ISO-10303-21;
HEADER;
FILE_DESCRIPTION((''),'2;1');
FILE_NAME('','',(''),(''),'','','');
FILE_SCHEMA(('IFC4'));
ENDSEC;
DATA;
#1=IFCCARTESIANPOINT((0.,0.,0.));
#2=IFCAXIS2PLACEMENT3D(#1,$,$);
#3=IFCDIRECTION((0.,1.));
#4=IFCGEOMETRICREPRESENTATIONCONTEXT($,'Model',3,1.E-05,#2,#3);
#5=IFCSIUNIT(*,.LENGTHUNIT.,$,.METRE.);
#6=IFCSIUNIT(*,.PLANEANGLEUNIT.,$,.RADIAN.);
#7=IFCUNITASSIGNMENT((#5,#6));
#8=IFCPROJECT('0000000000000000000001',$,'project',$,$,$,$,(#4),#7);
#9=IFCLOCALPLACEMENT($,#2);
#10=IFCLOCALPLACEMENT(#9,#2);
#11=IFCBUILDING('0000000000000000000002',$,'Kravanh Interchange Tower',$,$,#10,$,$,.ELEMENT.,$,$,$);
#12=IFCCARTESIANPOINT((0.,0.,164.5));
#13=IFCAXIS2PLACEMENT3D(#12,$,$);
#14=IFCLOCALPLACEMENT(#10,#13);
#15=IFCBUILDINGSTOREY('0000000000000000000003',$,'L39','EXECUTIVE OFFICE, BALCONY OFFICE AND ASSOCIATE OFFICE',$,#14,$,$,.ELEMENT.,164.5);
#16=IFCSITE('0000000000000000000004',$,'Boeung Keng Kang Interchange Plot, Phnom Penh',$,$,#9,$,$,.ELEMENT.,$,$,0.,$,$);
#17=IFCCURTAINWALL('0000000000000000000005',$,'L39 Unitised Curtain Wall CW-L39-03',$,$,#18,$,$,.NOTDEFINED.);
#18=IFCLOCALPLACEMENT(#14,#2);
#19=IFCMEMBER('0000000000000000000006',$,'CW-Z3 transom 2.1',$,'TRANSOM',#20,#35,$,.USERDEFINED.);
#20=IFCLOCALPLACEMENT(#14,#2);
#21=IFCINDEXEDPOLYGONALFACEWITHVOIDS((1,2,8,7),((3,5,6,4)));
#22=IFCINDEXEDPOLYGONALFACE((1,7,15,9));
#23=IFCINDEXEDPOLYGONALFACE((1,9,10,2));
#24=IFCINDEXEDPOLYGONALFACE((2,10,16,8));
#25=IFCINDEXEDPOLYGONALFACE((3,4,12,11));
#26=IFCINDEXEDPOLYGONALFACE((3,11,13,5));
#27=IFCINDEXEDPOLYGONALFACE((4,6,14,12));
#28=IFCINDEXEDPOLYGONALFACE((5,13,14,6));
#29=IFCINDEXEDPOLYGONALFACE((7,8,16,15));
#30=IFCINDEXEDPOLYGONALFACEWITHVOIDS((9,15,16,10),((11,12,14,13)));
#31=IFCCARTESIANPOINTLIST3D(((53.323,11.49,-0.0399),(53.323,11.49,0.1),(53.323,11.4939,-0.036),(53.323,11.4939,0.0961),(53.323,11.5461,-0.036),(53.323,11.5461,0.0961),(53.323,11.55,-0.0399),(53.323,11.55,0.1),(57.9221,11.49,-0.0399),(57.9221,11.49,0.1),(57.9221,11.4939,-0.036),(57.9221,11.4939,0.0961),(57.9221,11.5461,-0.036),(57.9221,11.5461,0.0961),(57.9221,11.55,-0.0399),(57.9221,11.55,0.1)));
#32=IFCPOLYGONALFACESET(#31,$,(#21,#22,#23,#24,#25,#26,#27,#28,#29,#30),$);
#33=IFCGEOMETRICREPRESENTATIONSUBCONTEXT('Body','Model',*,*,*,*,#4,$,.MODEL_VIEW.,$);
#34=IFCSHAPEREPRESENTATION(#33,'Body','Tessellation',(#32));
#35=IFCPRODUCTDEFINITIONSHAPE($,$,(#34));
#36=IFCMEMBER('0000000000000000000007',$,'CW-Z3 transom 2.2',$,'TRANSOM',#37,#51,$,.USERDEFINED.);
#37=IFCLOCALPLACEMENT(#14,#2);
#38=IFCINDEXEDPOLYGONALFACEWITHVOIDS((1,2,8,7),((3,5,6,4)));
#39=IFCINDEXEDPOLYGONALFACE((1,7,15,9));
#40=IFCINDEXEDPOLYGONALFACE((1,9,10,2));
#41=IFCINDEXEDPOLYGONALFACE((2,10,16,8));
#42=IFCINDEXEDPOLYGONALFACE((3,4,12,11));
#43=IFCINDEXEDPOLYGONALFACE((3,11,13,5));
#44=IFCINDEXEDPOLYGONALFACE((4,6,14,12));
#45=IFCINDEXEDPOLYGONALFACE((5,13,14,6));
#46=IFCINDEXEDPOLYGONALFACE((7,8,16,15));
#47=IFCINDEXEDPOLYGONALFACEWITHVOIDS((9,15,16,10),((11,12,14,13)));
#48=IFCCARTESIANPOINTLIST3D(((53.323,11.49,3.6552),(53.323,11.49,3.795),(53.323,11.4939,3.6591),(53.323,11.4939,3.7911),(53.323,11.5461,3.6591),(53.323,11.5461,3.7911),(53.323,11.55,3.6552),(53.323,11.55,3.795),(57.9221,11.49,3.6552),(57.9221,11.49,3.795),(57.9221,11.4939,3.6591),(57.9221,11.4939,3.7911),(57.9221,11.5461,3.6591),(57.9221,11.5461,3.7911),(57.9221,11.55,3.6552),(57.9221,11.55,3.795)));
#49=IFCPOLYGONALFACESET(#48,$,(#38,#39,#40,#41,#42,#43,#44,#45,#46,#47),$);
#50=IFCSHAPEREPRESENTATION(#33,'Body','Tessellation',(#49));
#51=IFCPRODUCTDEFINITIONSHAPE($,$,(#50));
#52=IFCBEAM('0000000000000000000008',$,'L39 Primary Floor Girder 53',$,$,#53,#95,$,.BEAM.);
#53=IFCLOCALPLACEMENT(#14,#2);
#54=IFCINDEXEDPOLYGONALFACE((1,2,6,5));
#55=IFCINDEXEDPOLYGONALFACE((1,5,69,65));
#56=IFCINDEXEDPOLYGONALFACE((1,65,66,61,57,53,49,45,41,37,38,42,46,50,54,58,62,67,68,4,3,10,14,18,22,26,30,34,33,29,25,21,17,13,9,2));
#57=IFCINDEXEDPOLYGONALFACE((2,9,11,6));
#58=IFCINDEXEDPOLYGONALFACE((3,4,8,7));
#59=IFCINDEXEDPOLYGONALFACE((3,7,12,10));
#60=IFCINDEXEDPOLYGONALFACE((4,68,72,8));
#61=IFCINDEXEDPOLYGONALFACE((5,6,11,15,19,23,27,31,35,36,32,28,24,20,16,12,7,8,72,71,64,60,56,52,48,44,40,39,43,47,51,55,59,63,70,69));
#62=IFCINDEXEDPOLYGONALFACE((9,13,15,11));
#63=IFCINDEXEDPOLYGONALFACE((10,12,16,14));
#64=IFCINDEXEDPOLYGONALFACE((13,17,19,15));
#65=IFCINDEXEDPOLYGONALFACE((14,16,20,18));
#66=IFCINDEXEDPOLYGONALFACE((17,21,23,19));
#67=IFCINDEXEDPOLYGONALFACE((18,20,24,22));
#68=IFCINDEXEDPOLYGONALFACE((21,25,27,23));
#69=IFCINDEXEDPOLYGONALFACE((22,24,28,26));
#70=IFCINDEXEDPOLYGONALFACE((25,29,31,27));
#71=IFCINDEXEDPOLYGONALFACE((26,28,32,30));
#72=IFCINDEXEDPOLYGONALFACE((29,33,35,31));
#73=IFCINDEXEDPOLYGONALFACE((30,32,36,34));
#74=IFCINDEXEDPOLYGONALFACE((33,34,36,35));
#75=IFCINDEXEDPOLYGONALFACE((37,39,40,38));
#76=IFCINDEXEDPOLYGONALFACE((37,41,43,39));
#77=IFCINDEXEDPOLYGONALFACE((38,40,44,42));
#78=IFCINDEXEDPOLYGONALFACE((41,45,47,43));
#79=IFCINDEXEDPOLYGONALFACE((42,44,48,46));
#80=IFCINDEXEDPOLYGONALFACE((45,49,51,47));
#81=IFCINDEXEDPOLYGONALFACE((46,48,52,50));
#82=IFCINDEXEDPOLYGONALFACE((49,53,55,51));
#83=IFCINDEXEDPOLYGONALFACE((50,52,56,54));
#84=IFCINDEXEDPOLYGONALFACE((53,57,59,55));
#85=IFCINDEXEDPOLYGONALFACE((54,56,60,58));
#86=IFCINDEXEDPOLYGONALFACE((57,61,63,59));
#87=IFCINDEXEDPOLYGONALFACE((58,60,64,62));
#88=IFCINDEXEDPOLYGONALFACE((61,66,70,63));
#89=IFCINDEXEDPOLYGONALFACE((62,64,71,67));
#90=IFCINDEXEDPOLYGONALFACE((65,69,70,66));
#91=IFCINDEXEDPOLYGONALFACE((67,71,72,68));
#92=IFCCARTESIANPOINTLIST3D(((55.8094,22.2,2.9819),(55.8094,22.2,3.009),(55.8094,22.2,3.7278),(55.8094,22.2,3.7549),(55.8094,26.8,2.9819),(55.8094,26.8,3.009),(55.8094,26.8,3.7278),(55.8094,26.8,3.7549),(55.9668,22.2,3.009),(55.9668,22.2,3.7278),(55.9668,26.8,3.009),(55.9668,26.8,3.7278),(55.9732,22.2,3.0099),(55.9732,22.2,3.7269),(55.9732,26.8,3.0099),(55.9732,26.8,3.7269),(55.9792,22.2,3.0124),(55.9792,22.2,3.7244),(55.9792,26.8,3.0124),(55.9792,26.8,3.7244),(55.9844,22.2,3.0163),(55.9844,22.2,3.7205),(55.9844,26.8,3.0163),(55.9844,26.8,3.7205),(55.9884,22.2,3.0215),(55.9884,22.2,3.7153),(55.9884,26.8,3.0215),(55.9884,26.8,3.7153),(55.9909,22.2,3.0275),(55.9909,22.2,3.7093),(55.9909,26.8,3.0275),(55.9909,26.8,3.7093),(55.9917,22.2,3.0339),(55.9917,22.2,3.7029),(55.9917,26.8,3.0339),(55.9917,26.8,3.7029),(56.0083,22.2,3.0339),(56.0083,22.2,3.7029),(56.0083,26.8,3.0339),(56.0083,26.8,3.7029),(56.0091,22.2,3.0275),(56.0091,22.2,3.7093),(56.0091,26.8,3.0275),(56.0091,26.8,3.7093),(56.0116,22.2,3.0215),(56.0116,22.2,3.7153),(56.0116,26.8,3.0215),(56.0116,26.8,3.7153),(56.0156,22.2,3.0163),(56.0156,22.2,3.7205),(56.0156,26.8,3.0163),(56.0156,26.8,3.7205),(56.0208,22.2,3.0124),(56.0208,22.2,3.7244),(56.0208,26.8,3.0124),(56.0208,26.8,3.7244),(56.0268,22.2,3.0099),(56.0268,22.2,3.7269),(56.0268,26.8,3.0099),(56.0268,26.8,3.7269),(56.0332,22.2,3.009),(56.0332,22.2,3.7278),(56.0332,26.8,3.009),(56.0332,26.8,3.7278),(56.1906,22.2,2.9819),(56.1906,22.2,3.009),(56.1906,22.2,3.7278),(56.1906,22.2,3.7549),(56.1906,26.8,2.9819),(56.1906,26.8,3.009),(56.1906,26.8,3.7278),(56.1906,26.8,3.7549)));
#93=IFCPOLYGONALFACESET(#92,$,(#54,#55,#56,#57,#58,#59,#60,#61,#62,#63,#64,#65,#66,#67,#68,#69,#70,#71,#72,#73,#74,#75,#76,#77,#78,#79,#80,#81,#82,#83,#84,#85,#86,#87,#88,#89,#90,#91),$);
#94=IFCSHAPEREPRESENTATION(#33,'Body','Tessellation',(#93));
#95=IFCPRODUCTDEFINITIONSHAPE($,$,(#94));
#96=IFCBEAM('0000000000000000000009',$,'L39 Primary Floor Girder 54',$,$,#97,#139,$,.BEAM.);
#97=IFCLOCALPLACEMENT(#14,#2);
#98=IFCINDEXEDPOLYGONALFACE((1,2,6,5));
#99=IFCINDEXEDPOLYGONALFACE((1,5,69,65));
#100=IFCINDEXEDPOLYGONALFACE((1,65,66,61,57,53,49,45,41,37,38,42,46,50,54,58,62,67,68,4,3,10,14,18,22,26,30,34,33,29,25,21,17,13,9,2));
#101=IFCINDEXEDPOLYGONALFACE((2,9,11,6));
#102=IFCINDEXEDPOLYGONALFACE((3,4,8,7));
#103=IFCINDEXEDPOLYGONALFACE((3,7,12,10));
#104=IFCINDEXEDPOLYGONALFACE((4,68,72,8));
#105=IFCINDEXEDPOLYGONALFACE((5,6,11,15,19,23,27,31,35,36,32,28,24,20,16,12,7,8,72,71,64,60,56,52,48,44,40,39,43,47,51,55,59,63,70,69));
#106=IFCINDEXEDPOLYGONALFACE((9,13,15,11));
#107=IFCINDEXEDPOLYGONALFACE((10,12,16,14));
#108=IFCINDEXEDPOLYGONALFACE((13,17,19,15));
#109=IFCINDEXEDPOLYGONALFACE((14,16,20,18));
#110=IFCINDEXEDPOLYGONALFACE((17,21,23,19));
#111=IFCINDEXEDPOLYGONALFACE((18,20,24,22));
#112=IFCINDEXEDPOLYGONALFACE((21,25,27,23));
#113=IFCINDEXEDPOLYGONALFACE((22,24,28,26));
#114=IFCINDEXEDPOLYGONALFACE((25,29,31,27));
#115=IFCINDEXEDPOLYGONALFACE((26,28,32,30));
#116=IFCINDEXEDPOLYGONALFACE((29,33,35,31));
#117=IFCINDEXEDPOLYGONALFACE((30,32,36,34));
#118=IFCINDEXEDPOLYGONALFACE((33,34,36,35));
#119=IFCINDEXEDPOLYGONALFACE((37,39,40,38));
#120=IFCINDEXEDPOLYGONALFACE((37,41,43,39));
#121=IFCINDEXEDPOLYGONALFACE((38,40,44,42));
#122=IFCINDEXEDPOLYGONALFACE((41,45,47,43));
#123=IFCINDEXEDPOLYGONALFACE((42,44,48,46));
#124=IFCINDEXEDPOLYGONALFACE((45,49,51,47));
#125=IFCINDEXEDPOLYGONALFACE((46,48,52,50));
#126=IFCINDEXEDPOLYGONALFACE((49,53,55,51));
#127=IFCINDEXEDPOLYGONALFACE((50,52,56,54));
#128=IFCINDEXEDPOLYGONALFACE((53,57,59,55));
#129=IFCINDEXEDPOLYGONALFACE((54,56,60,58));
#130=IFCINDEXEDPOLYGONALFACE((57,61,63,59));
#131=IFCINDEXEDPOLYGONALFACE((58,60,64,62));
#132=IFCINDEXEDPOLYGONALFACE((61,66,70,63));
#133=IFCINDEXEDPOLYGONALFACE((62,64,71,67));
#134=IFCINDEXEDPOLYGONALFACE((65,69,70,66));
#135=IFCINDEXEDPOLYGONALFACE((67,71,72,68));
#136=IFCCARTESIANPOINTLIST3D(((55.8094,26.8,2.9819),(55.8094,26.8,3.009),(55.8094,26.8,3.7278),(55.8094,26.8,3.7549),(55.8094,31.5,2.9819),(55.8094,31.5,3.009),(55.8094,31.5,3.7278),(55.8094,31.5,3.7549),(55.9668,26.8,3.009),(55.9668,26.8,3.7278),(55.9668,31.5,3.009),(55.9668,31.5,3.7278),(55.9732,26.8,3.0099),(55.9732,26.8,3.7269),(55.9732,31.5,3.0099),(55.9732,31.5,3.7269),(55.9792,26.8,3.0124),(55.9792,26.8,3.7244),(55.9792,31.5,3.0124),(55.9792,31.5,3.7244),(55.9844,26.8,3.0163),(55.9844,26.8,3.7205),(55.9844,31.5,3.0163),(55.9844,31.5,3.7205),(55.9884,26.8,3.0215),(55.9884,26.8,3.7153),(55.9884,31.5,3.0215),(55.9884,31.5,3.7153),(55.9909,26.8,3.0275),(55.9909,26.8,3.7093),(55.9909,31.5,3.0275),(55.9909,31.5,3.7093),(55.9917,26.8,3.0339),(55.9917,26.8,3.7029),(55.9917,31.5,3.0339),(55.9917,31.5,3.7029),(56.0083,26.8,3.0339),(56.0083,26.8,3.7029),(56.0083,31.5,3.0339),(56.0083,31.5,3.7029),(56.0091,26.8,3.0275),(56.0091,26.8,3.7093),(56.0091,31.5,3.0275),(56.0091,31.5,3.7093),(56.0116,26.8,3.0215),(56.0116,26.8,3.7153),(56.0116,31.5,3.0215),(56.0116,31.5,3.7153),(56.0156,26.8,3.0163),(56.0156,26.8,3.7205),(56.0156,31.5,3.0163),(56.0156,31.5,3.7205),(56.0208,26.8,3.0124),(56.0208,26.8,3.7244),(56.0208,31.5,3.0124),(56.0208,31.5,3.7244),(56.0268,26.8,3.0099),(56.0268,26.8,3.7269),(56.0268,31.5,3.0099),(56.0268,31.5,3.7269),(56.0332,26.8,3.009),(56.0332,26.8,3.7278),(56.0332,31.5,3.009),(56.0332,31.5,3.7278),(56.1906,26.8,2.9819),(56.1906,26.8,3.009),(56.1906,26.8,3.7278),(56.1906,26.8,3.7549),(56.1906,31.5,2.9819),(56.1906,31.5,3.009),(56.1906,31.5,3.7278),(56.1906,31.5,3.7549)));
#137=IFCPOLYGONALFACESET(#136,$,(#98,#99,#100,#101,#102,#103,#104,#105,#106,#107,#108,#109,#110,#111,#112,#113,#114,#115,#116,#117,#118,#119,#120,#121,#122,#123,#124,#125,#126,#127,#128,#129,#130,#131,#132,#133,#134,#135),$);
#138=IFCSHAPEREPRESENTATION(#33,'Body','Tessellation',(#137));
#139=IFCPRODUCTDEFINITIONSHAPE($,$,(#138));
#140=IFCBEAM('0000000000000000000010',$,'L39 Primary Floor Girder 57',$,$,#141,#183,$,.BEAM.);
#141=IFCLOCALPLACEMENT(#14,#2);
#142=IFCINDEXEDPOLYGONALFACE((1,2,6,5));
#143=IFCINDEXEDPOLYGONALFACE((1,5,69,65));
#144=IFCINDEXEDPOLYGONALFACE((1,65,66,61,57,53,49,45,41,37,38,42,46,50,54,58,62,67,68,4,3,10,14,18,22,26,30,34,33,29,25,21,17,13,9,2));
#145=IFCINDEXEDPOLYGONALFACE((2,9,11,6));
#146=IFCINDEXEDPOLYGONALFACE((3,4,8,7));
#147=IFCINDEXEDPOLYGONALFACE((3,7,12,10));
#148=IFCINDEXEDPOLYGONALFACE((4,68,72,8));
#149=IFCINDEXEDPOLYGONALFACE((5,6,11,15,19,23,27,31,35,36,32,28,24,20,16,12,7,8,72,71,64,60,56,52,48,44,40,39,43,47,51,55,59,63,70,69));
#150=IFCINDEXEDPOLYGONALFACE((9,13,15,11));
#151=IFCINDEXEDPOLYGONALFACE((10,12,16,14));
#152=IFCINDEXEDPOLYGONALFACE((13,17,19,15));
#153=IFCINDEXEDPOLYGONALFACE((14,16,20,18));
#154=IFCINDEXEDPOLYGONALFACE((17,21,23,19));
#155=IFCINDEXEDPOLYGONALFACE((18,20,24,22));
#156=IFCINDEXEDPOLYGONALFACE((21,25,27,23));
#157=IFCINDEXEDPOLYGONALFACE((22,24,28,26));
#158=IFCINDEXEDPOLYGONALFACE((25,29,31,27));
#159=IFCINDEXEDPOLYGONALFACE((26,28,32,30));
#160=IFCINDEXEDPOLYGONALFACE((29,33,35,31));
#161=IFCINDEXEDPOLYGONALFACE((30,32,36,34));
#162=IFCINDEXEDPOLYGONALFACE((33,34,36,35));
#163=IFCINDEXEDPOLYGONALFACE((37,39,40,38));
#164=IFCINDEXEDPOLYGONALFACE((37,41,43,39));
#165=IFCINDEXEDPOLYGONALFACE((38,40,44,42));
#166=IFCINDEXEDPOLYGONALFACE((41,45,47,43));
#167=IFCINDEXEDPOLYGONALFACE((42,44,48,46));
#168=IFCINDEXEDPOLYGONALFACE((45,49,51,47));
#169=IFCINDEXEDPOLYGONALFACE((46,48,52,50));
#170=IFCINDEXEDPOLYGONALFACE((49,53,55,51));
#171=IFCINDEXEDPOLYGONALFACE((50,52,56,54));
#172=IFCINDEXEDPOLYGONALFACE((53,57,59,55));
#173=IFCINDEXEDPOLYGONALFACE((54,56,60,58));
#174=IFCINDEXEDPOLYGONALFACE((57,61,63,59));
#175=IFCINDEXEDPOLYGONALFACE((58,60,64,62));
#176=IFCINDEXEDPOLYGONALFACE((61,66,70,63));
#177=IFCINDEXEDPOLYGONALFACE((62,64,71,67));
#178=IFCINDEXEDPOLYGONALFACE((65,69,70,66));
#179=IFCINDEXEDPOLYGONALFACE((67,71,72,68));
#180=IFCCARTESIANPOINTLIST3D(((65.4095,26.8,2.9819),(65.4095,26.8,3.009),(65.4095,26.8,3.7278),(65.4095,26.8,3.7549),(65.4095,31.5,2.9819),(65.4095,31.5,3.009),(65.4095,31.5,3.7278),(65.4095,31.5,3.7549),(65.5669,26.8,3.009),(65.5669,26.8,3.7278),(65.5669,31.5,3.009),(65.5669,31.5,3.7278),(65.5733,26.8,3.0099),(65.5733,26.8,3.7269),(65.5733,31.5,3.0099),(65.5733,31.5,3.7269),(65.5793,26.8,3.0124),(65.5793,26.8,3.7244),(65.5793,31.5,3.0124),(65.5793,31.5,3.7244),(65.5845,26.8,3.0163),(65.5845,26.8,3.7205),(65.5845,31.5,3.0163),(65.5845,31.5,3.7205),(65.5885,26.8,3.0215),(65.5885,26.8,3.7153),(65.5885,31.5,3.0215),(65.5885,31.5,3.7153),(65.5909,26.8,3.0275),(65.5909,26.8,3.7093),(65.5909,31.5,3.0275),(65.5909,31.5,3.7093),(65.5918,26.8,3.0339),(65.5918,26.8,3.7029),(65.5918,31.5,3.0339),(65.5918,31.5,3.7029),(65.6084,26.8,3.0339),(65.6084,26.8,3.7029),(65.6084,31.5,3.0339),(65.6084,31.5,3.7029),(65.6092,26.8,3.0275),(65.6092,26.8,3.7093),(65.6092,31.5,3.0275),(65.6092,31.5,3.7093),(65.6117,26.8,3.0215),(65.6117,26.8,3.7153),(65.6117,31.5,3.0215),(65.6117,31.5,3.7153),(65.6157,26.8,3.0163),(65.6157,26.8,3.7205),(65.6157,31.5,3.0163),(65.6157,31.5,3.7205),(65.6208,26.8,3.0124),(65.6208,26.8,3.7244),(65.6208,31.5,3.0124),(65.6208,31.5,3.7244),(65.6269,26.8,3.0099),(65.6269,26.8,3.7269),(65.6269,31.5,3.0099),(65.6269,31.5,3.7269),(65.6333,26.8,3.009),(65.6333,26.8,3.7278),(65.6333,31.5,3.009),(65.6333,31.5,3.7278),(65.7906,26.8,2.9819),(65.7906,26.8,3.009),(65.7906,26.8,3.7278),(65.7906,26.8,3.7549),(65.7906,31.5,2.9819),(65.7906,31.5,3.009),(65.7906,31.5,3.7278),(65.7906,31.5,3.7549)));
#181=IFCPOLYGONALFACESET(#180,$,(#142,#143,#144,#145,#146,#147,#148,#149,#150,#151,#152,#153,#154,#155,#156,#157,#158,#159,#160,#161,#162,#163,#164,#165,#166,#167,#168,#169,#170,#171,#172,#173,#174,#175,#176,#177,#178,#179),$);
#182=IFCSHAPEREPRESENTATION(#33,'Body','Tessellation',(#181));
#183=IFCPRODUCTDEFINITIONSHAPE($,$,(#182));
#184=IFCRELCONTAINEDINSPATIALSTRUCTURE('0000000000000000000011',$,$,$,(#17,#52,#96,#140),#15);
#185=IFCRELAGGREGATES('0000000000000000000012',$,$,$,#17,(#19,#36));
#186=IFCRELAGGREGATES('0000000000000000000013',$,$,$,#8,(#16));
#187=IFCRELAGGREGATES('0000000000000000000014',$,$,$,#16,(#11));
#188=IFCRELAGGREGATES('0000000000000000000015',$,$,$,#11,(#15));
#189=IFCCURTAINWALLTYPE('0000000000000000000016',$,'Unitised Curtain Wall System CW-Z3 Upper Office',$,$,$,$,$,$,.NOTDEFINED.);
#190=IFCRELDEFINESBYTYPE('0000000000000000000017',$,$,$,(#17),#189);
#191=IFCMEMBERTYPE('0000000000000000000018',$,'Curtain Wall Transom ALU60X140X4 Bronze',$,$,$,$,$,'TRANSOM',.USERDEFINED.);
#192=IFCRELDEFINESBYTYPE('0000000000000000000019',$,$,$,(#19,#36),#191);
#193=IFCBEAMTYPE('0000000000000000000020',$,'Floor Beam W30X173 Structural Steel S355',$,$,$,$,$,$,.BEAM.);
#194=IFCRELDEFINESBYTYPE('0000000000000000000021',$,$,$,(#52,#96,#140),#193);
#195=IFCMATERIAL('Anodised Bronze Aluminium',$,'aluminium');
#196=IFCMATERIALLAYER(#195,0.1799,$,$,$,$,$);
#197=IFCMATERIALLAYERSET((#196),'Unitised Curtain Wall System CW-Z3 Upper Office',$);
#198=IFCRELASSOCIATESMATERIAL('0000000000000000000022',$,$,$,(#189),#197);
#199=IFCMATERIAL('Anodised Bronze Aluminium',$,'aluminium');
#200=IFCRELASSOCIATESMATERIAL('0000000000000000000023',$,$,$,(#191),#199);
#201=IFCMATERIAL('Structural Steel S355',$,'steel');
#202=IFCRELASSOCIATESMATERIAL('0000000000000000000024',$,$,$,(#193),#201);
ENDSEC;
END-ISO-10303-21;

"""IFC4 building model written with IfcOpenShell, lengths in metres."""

from ifc_helpers import new_model, si_unit, direction, frame, origin, origin_2d, place, context, subcontext, project, spatial, hollow_rectangle, i_section, extrude, material, layer, layer_set, material_profile, profile_set, type_object, element, aggregate, save


model = new_model("IFC4")

# Units and contexts
model_context = context("Model", 3, precision=1e-05, world=origin(), true_north=direction((0.0, 1.0)))
body_context = subcontext(model_context, "Body", "Model", "MODEL_VIEW")
ifc_project = project(units=[si_unit("LENGTHUNIT", "METRE"), si_unit("PLANEANGLEUNIT", "RADIAN")], contexts=[model_context])

# Site, building, storey
site_placement = place(None, origin())
site = spatial("IfcSite", under=ifc_project, at=site_placement, Name="Boeung Keng Kang Interchange Plot, Phnom Penh", CompositionType="ELEMENT", RefElevation=0.0)
building_placement = place(site_placement, origin())
building = spatial("IfcBuilding", under=site, at=building_placement, Name="Kravanh Interchange Tower", CompositionType="ELEMENT")
storey_placement = place(building_placement, frame((0.0, 0.0, 164.5)))
storey = spatial("IfcBuildingStorey", under=building, at=storey_placement, Name="L39", Description="EXECUTIVE OFFICE, BALCONY OFFICE AND ASSOCIATE OFFICE", CompositionType="ELEMENT", Elevation=164.5)

# Curtain wall
ifc_material_1 = material(Name="Anodised Bronze Aluminium", Category="aluminium")
ifc_layer_1 = layer(ifc_material_1, 0.1799)
ifc_layer_set_1 = layer_set([ifc_layer_1], Name="Unitised Curtain Wall System CW-Z3 Upper Office")
curtain_wall_type = type_object("IfcCurtainWallType", Name="Unitised Curtain Wall System CW-Z3 Upper Office", PredefinedType="NOTDEFINED", material=ifc_layer_set_1)
curtain_wall_1_placement = place(storey_placement, origin())
curtain_wall_1 = element("IfcCurtainWall", 1, at=curtain_wall_1_placement, inside=storey, type_object=curtain_wall_type, Name="L39 Unitised Curtain Wall CW-L39-03", PredefinedType="NOTDEFINED")

# Members
ifc_material_2 = material(Name="Anodised Bronze Aluminium", Category="aluminium")
ifc_material_profile_1 = material_profile(ifc_material_2, hollow_rectangle(XDim=0.0601, YDim=0.1399, WallThickness=0.0039, at=origin_2d()), Name="ALU60X140X4")
ifc_profile_set_1 = profile_set([ifc_material_profile_1], Name="Anodised Bronze Aluminium")
member_type_1 = type_object("IfcMemberType", Name="Curtain Wall Transom ALU60X140X4 Bronze", ElementType="TRANSOM", PredefinedType="USERDEFINED", material=ifc_profile_set_1)
member_1_placement = place(storey_placement, frame((57.9221, 11.52, 0.03), z_axis=(-1.0, 0.0, 0.0), x_axis=(0.0, -1.0, 0.0)))
member_1 = element("IfcMember", 2, at=member_1_placement, type_object=member_type_1, Name="CW-Z3 transom 2.1", ObjectType="TRANSOM", PredefinedType="USERDEFINED", context=body_context, shape_type="SweptSolid", body=[
    extrude(hollow_rectangle(XDim=0.0601, YDim=0.1399, WallThickness=0.0039, at=origin_2d()), origin(), (0.0, 0.0, 1.0), 4.5991),
])
member_2_placement = place(storey_placement, frame((57.9221, 11.52, 3.7251), z_axis=(-1.0, 0.0, 0.0), x_axis=(0.0, -1.0, 0.0)))
member_2 = element("IfcMember", 3, at=member_2_placement, type_object=member_type_1, Name="CW-Z3 transom 2.2", ObjectType="TRANSOM", PredefinedType="USERDEFINED", context=body_context, shape_type="SweptSolid", body=[
    extrude(hollow_rectangle(XDim=0.0601, YDim=0.1399, WallThickness=0.0039, at=origin_2d()), origin(), (0.0, 0.0, 1.0), 4.5991),
])

# Beams
ifc_material_3 = material(Name="Structural Steel S355", Category="steel")
ifc_material_profile_2 = material_profile(ifc_material_3, i_section(OverallWidth=0.3811, OverallDepth=0.7729, WebThickness=0.0166, FlangeThickness=0.0271, FilletRadius=0.0249, at=origin_2d()), Name="W30X173")
ifc_profile_set_2 = profile_set([ifc_material_profile_2], Name="Structural Steel S355")
beam_type_1 = type_object("IfcBeamType", Name="Floor Beam W30X173 Structural Steel S355", PredefinedType="BEAM", material=ifc_profile_set_2)
beam_1_placement = place(storey_placement, frame((56.0, 26.8, 3.3684), z_axis=(0.0, -1.0, 0.0), x_axis=(1.0, 0.0, 0.0)))
element("IfcBeam", 4, at=beam_1_placement, inside=storey, type_object=beam_type_1, Name="L39 Primary Floor Girder 53", PredefinedType="BEAM", context=body_context, shape_type="SweptSolid", body=[
    extrude(i_section(OverallWidth=0.3811, OverallDepth=0.7729, WebThickness=0.0166, FlangeThickness=0.0271, FilletRadius=0.0249, at=origin_2d()), origin(), (0.0, 0.0, 1.0), 4.6001),
])
for number, where, z_axis, x_axis, name in (
    (5, (56.0, 26.8, 3.3684), (0.0, 1.0, 0.0), (-1.0, 0.0, 0.0), "L39 Primary Floor Girder 54"),
    (6, (65.6001, 26.8, 3.3684), (0.0, 1.0, 0.0), (-1.0, 0.0, 0.0), "L39 Primary Floor Girder 57"),
):
    element("IfcBeam", number, at=place(storey_placement, frame(where, z_axis=z_axis, x_axis=x_axis)), inside=storey, type_object=beam_type_1, Name=name, PredefinedType="BEAM", context=body_context, shape_type="SweptSolid", body=[
        extrude(i_section(OverallWidth=0.3811, OverallDepth=0.7729, WebThickness=0.0166, FlangeThickness=0.0271, FilletRadius=0.0249, at=origin_2d()), origin(), (0.0, 0.0, 1.0), 4.7),
    ])

aggregate(curtain_wall_1, [member_1, member_2])

save(model, "model.ifc")
